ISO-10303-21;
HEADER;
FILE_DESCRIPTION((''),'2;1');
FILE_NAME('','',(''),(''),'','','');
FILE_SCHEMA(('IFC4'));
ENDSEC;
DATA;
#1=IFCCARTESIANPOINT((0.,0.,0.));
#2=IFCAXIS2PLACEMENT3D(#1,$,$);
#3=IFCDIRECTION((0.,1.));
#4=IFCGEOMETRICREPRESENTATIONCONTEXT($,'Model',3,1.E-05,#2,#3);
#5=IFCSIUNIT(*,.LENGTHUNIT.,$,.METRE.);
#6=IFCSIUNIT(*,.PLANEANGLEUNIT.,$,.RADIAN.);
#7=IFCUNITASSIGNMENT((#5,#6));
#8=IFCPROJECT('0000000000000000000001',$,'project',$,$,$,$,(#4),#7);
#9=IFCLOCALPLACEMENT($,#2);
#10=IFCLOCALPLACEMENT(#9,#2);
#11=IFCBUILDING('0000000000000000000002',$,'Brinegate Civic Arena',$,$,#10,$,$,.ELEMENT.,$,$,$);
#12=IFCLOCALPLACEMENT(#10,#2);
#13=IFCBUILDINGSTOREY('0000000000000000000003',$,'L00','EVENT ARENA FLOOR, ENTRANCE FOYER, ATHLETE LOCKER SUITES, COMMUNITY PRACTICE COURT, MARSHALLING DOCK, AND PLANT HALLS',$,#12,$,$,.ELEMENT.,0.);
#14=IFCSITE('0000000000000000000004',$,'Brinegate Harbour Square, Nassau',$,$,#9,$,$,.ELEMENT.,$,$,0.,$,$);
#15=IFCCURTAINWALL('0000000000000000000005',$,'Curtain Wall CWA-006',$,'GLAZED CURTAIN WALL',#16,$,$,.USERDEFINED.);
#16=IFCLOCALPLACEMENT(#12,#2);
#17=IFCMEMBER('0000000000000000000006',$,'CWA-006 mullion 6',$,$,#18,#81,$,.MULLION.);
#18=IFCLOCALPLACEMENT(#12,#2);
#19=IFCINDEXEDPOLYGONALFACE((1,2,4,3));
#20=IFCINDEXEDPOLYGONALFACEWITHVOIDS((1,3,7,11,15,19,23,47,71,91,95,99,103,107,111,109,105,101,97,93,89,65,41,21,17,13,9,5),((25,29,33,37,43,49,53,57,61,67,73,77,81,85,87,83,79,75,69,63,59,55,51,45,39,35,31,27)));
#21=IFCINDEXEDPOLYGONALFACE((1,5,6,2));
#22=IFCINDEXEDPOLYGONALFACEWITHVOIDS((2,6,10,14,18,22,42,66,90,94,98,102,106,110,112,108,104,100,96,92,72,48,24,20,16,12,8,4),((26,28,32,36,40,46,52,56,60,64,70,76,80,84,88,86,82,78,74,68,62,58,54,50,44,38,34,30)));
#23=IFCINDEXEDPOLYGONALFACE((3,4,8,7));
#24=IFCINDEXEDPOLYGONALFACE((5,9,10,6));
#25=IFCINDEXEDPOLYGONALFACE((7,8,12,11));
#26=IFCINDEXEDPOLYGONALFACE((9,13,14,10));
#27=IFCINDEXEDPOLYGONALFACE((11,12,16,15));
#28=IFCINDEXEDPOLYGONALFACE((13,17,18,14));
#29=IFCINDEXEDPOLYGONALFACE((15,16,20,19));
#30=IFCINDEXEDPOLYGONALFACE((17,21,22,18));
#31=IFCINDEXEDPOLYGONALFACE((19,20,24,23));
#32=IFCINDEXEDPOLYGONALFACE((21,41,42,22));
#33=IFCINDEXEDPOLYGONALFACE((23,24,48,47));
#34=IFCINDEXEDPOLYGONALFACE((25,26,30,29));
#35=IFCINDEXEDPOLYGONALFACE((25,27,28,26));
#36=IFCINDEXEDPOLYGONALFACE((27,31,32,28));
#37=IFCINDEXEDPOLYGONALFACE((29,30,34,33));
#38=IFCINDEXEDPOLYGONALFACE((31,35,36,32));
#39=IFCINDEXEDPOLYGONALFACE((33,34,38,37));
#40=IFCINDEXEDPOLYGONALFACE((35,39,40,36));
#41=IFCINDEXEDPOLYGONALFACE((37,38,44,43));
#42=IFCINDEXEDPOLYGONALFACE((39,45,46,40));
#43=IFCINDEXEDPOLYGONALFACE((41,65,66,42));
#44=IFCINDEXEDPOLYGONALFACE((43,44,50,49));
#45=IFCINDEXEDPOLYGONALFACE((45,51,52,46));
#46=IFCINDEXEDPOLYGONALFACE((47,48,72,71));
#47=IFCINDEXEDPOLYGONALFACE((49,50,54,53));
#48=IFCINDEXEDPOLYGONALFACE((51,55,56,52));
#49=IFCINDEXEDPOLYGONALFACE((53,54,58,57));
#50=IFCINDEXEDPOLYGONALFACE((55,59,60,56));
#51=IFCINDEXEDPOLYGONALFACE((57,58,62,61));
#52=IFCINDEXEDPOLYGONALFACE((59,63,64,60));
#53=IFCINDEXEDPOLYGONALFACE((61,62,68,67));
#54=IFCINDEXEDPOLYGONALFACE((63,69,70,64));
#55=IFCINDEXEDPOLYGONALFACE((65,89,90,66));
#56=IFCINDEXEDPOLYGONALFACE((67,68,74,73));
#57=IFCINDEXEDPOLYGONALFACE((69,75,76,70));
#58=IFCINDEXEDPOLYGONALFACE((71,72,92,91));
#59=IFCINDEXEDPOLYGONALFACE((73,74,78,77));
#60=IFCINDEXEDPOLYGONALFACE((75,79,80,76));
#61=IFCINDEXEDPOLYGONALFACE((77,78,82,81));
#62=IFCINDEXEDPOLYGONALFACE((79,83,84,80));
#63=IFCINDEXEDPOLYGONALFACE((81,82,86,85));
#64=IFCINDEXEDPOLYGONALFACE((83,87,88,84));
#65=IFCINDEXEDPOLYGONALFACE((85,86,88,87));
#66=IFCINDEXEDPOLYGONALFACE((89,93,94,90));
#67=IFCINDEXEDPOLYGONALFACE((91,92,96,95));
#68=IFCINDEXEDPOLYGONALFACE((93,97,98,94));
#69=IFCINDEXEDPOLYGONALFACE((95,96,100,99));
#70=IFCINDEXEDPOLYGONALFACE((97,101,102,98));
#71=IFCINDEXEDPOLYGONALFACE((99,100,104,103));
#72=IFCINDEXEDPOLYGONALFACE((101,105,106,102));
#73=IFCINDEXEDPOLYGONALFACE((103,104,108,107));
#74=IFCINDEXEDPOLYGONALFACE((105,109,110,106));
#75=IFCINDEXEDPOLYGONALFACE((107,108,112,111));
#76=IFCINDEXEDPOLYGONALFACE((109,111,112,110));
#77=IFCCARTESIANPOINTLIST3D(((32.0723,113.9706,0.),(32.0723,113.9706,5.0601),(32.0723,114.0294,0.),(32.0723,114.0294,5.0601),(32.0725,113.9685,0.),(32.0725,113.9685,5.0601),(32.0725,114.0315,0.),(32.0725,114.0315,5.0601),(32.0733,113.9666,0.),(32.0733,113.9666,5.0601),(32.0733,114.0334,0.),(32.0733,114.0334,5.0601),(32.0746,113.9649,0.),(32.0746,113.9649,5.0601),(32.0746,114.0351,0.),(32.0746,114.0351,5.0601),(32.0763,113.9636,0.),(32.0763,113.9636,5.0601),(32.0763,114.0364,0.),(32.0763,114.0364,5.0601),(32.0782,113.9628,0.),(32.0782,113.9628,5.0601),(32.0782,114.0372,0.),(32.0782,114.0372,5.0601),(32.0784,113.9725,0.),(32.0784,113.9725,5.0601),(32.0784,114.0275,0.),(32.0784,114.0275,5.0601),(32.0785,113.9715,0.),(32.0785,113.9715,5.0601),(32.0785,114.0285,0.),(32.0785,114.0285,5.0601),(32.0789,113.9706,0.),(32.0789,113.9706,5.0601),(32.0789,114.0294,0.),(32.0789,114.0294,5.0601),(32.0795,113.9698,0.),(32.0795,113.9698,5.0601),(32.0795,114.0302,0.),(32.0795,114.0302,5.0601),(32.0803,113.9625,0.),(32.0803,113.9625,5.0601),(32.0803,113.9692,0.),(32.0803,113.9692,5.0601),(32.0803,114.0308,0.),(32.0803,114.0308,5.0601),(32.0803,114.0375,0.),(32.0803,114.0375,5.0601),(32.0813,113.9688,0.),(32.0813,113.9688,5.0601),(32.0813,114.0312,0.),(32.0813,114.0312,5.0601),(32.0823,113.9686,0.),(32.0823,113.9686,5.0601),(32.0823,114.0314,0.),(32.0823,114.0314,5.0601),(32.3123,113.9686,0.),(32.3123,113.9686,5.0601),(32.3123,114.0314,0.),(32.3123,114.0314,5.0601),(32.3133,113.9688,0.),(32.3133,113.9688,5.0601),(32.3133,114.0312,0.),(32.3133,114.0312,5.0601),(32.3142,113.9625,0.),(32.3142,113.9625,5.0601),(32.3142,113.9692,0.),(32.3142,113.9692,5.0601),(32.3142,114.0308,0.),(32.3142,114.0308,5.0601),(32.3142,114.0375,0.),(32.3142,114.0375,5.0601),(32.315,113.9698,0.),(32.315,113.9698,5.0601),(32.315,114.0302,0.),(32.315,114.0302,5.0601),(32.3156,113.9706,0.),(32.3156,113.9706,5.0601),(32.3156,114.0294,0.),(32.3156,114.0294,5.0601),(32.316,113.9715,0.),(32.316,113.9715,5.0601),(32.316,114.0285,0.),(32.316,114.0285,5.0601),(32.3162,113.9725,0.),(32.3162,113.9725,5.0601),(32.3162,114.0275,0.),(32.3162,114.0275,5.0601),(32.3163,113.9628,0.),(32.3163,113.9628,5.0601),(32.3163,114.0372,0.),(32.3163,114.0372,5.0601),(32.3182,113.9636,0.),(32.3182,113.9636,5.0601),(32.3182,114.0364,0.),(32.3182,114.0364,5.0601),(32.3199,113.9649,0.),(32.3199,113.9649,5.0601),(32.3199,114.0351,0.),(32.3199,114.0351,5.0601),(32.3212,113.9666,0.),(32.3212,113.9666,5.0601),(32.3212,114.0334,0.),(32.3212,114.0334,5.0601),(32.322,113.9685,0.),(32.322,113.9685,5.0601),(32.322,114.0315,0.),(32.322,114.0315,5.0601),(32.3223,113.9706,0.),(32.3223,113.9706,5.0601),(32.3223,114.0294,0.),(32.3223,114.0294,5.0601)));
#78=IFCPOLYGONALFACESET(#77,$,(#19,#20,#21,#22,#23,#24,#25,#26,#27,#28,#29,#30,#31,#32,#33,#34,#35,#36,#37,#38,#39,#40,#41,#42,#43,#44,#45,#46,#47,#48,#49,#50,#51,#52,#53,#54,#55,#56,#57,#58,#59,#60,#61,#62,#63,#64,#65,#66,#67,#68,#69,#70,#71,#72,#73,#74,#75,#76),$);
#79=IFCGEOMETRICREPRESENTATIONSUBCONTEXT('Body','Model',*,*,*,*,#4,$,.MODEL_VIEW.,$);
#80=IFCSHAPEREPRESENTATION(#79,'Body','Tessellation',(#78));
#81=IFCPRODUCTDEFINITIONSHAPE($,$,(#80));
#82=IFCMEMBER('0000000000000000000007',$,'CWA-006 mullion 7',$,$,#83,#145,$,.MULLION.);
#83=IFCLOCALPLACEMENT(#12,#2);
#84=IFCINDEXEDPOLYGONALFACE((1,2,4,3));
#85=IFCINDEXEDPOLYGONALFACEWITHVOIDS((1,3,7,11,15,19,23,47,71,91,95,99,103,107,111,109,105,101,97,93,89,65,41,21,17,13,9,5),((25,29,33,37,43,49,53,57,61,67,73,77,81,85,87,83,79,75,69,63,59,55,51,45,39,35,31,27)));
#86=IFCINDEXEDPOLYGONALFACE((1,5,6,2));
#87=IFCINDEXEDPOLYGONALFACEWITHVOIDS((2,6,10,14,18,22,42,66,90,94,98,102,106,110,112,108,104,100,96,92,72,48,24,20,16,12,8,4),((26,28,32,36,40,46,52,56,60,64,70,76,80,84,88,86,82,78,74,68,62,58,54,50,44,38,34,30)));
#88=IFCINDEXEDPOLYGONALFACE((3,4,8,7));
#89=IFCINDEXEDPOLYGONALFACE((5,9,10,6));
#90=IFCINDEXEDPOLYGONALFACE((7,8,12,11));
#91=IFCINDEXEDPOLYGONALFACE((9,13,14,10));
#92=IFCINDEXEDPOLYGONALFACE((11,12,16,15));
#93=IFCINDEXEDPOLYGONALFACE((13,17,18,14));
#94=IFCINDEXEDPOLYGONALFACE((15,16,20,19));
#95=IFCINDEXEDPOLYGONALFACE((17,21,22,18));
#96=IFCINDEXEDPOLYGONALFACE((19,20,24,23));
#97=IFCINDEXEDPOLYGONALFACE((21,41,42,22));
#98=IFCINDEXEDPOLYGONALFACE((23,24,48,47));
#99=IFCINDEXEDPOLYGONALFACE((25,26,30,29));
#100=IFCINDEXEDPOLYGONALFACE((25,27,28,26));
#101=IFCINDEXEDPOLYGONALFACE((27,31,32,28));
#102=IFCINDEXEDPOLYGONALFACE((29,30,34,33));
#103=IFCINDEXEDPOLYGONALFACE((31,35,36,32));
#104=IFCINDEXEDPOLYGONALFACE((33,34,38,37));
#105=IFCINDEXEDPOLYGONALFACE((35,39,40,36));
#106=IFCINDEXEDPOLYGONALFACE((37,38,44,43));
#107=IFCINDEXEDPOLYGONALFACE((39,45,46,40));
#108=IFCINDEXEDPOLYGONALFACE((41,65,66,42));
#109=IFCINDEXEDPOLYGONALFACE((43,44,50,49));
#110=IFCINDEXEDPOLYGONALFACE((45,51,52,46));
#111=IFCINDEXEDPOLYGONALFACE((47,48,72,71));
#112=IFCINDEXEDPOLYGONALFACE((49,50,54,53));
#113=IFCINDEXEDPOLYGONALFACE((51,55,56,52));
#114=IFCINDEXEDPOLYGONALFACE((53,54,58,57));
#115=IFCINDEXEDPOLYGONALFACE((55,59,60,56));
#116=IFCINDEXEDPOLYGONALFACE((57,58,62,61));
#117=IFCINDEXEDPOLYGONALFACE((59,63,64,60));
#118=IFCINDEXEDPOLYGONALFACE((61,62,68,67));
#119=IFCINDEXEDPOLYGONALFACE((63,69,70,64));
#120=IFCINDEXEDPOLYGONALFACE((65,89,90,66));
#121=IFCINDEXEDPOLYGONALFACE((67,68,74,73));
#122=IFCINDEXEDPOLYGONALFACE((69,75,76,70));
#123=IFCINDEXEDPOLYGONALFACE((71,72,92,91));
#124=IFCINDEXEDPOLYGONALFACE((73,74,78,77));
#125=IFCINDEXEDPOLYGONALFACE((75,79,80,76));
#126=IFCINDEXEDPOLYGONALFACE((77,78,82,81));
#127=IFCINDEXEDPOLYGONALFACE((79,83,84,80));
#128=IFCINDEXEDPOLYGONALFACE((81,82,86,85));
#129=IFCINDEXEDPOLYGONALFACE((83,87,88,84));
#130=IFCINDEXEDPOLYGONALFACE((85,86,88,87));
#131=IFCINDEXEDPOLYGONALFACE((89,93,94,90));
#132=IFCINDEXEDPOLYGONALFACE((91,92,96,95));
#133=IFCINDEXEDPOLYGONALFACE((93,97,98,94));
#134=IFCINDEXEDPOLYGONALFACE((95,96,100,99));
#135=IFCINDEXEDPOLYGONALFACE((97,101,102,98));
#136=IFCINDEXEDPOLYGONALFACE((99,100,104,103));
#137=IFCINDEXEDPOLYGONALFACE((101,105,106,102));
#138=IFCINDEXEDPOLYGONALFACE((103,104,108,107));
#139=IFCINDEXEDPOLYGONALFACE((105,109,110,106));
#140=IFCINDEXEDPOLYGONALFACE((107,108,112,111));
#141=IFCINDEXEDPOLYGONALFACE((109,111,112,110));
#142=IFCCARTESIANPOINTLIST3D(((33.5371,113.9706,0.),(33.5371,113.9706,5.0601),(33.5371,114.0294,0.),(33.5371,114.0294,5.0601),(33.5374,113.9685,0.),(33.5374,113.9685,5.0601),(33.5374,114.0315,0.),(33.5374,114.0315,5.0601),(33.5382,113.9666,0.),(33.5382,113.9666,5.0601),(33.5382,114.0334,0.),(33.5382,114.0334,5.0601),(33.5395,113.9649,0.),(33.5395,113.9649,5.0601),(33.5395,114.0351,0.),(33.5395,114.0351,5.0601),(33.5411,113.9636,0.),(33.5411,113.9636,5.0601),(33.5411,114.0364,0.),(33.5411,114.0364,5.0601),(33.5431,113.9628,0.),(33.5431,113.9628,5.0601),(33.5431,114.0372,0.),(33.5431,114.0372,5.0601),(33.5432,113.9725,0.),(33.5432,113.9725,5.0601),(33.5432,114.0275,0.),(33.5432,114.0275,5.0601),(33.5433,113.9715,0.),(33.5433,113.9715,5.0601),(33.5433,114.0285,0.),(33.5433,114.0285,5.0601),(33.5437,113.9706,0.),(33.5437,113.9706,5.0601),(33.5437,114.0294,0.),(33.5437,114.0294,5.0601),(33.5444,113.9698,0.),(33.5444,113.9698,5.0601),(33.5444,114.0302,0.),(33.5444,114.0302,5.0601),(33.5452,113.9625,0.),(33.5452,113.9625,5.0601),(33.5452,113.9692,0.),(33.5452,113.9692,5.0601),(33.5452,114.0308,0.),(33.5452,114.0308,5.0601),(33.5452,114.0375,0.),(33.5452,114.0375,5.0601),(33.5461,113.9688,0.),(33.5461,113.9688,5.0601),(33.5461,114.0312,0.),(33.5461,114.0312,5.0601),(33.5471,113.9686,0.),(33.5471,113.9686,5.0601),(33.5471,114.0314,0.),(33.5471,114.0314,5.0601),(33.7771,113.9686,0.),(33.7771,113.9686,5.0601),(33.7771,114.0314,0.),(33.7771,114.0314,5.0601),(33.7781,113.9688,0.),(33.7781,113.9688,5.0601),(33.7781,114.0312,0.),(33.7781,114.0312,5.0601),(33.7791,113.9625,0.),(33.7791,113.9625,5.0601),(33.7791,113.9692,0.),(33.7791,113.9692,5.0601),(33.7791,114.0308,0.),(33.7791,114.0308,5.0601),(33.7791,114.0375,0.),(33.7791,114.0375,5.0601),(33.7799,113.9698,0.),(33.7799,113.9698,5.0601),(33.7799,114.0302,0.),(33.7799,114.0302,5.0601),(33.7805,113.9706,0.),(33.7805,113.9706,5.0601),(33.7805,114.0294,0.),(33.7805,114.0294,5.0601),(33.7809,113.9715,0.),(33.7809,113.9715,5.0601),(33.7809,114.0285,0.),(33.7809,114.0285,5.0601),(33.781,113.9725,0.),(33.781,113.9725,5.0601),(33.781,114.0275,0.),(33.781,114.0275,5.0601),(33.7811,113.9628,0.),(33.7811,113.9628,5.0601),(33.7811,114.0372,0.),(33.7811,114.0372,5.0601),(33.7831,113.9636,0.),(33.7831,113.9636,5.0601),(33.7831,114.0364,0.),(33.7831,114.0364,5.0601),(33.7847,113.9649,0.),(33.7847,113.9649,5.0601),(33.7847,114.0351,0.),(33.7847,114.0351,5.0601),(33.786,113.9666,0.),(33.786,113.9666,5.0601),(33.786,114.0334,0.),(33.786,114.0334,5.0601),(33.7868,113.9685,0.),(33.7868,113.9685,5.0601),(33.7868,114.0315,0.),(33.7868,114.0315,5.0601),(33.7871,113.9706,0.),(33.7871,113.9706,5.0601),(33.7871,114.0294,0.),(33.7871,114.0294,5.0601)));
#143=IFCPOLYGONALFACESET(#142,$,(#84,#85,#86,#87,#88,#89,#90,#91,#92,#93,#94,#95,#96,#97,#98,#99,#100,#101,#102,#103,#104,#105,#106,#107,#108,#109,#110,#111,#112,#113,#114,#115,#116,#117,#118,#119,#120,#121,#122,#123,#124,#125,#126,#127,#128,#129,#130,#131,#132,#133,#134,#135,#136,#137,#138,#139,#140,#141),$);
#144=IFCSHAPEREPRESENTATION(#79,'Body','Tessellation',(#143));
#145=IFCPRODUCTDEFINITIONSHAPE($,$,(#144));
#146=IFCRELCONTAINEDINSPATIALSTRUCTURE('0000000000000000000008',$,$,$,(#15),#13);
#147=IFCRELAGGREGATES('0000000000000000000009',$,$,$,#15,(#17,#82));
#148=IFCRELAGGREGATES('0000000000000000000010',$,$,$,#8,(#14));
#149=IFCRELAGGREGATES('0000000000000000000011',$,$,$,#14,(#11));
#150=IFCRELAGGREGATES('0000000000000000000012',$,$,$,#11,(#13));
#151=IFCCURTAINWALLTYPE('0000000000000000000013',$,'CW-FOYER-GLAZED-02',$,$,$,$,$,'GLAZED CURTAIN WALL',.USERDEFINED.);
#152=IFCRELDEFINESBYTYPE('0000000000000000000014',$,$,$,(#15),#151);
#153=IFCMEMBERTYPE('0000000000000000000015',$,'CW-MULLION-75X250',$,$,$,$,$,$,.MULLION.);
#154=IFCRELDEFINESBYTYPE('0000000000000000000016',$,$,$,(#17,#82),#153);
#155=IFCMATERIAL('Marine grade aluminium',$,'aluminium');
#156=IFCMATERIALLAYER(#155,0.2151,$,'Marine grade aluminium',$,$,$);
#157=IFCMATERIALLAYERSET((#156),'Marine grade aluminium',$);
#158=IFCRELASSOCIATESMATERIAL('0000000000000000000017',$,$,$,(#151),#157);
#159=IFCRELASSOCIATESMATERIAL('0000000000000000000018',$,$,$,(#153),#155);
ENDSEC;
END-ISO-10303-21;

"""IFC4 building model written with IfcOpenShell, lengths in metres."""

from ifc_helpers import new_model, si_unit, direction, frame, origin, origin_2d, place, context, subcontext, project, spatial, hollow_rectangle, extrude, material, layer, layer_set, material_profile, profile_set, type_object, element, aggregate, save


model = new_model("IFC4")

# Units and contexts
model_context = context("Model", 3, precision=1e-05, world=origin(), true_north=direction((0.0, 1.0)))
body_context = subcontext(model_context, "Body", "Model", "MODEL_VIEW")
ifc_project = project(units=[si_unit("LENGTHUNIT", "METRE"), si_unit("PLANEANGLEUNIT", "RADIAN")], contexts=[model_context])

# Site, building, storey
site_placement = place(None, origin())
site = spatial("IfcSite", under=ifc_project, at=site_placement, Name="Brinegate Harbour Square, Nassau", CompositionType="ELEMENT", RefElevation=0.0)
building_placement = place(site_placement, origin())
building = spatial("IfcBuilding", under=site, at=building_placement, Name="Brinegate Civic Arena", CompositionType="ELEMENT")
storey_placement = place(building_placement, origin())
storey = spatial("IfcBuildingStorey", under=building, at=storey_placement, Name="L00", Description="EVENT ARENA FLOOR, ENTRANCE FOYER, ATHLETE LOCKER SUITES, COMMUNITY PRACTICE COURT, MARSHALLING DOCK, AND PLANT HALLS", CompositionType="ELEMENT", Elevation=0.0)

# Curtain wall, members
ifc_material_1 = material(Name="Marine grade aluminium", Category="aluminium")
ifc_layer_1 = layer(ifc_material_1, 0.2151, Name="Marine grade aluminium")
ifc_layer_set_1 = layer_set([ifc_layer_1], Name="Marine grade aluminium")
curtain_wall_type = type_object("IfcCurtainWallType", Name="CW-FOYER-GLAZED-02", ElementType="GLAZED CURTAIN WALL", PredefinedType="USERDEFINED", material=ifc_layer_set_1)
curtain_wall_1_placement = place(storey_placement, origin())
curtain_wall_1 = element("IfcCurtainWall", 1, at=curtain_wall_1_placement, inside=storey, type_object=curtain_wall_type, Name="Curtain Wall CWA-006", ObjectType="GLAZED CURTAIN WALL", PredefinedType="USERDEFINED")
ifc_material_profile_1 = material_profile(ifc_material_1, hollow_rectangle(XDim=0.075, YDim=0.25, WallThickness=0.0061, InnerFilletRadius=0.0039, OuterFilletRadius=0.0081, at=origin_2d()), Name="MUL75X250")
ifc_profile_set_1 = profile_set([ifc_material_profile_1], Name="Marine grade aluminium")
member_type_1 = type_object("IfcMemberType", Name="CW-MULLION-75X250", PredefinedType="MULLION", material=ifc_profile_set_1)
member_1_placement = place(storey_placement, frame((32.1973, 114.0, 0.0), z_axis=(0.0, 0.0, 1.0), x_axis=(0.0, 1.0, 0.0)))
member_1 = element("IfcMember", 2, at=member_1_placement, type_object=member_type_1, Name="CWA-006 mullion 6", PredefinedType="MULLION", context=body_context, shape_type="SweptSolid", body=[
    extrude(hollow_rectangle(XDim=0.075, YDim=0.25, WallThickness=0.0061, InnerFilletRadius=0.0039, OuterFilletRadius=0.0081, at=origin_2d()), origin(), (0.0, 0.0, 1.0), 5.0601),
])
member_2_placement = place(storey_placement, frame((33.6621, 114.0, 0.0), z_axis=(0.0, 0.0, 1.0), x_axis=(0.0, 1.0, 0.0)))
member_2 = element("IfcMember", 3, at=member_2_placement, type_object=member_type_1, Name="CWA-006 mullion 7", PredefinedType="MULLION", context=body_context, shape_type="SweptSolid", body=[
    extrude(hollow_rectangle(XDim=0.075, YDim=0.25, WallThickness=0.0061, InnerFilletRadius=0.0039, OuterFilletRadius=0.0081, at=origin_2d()), origin(), (0.0, 0.0, 1.0), 5.0601),
])

aggregate(curtain_wall_1, [member_1, member_2])

save(model, "model.ifc")
